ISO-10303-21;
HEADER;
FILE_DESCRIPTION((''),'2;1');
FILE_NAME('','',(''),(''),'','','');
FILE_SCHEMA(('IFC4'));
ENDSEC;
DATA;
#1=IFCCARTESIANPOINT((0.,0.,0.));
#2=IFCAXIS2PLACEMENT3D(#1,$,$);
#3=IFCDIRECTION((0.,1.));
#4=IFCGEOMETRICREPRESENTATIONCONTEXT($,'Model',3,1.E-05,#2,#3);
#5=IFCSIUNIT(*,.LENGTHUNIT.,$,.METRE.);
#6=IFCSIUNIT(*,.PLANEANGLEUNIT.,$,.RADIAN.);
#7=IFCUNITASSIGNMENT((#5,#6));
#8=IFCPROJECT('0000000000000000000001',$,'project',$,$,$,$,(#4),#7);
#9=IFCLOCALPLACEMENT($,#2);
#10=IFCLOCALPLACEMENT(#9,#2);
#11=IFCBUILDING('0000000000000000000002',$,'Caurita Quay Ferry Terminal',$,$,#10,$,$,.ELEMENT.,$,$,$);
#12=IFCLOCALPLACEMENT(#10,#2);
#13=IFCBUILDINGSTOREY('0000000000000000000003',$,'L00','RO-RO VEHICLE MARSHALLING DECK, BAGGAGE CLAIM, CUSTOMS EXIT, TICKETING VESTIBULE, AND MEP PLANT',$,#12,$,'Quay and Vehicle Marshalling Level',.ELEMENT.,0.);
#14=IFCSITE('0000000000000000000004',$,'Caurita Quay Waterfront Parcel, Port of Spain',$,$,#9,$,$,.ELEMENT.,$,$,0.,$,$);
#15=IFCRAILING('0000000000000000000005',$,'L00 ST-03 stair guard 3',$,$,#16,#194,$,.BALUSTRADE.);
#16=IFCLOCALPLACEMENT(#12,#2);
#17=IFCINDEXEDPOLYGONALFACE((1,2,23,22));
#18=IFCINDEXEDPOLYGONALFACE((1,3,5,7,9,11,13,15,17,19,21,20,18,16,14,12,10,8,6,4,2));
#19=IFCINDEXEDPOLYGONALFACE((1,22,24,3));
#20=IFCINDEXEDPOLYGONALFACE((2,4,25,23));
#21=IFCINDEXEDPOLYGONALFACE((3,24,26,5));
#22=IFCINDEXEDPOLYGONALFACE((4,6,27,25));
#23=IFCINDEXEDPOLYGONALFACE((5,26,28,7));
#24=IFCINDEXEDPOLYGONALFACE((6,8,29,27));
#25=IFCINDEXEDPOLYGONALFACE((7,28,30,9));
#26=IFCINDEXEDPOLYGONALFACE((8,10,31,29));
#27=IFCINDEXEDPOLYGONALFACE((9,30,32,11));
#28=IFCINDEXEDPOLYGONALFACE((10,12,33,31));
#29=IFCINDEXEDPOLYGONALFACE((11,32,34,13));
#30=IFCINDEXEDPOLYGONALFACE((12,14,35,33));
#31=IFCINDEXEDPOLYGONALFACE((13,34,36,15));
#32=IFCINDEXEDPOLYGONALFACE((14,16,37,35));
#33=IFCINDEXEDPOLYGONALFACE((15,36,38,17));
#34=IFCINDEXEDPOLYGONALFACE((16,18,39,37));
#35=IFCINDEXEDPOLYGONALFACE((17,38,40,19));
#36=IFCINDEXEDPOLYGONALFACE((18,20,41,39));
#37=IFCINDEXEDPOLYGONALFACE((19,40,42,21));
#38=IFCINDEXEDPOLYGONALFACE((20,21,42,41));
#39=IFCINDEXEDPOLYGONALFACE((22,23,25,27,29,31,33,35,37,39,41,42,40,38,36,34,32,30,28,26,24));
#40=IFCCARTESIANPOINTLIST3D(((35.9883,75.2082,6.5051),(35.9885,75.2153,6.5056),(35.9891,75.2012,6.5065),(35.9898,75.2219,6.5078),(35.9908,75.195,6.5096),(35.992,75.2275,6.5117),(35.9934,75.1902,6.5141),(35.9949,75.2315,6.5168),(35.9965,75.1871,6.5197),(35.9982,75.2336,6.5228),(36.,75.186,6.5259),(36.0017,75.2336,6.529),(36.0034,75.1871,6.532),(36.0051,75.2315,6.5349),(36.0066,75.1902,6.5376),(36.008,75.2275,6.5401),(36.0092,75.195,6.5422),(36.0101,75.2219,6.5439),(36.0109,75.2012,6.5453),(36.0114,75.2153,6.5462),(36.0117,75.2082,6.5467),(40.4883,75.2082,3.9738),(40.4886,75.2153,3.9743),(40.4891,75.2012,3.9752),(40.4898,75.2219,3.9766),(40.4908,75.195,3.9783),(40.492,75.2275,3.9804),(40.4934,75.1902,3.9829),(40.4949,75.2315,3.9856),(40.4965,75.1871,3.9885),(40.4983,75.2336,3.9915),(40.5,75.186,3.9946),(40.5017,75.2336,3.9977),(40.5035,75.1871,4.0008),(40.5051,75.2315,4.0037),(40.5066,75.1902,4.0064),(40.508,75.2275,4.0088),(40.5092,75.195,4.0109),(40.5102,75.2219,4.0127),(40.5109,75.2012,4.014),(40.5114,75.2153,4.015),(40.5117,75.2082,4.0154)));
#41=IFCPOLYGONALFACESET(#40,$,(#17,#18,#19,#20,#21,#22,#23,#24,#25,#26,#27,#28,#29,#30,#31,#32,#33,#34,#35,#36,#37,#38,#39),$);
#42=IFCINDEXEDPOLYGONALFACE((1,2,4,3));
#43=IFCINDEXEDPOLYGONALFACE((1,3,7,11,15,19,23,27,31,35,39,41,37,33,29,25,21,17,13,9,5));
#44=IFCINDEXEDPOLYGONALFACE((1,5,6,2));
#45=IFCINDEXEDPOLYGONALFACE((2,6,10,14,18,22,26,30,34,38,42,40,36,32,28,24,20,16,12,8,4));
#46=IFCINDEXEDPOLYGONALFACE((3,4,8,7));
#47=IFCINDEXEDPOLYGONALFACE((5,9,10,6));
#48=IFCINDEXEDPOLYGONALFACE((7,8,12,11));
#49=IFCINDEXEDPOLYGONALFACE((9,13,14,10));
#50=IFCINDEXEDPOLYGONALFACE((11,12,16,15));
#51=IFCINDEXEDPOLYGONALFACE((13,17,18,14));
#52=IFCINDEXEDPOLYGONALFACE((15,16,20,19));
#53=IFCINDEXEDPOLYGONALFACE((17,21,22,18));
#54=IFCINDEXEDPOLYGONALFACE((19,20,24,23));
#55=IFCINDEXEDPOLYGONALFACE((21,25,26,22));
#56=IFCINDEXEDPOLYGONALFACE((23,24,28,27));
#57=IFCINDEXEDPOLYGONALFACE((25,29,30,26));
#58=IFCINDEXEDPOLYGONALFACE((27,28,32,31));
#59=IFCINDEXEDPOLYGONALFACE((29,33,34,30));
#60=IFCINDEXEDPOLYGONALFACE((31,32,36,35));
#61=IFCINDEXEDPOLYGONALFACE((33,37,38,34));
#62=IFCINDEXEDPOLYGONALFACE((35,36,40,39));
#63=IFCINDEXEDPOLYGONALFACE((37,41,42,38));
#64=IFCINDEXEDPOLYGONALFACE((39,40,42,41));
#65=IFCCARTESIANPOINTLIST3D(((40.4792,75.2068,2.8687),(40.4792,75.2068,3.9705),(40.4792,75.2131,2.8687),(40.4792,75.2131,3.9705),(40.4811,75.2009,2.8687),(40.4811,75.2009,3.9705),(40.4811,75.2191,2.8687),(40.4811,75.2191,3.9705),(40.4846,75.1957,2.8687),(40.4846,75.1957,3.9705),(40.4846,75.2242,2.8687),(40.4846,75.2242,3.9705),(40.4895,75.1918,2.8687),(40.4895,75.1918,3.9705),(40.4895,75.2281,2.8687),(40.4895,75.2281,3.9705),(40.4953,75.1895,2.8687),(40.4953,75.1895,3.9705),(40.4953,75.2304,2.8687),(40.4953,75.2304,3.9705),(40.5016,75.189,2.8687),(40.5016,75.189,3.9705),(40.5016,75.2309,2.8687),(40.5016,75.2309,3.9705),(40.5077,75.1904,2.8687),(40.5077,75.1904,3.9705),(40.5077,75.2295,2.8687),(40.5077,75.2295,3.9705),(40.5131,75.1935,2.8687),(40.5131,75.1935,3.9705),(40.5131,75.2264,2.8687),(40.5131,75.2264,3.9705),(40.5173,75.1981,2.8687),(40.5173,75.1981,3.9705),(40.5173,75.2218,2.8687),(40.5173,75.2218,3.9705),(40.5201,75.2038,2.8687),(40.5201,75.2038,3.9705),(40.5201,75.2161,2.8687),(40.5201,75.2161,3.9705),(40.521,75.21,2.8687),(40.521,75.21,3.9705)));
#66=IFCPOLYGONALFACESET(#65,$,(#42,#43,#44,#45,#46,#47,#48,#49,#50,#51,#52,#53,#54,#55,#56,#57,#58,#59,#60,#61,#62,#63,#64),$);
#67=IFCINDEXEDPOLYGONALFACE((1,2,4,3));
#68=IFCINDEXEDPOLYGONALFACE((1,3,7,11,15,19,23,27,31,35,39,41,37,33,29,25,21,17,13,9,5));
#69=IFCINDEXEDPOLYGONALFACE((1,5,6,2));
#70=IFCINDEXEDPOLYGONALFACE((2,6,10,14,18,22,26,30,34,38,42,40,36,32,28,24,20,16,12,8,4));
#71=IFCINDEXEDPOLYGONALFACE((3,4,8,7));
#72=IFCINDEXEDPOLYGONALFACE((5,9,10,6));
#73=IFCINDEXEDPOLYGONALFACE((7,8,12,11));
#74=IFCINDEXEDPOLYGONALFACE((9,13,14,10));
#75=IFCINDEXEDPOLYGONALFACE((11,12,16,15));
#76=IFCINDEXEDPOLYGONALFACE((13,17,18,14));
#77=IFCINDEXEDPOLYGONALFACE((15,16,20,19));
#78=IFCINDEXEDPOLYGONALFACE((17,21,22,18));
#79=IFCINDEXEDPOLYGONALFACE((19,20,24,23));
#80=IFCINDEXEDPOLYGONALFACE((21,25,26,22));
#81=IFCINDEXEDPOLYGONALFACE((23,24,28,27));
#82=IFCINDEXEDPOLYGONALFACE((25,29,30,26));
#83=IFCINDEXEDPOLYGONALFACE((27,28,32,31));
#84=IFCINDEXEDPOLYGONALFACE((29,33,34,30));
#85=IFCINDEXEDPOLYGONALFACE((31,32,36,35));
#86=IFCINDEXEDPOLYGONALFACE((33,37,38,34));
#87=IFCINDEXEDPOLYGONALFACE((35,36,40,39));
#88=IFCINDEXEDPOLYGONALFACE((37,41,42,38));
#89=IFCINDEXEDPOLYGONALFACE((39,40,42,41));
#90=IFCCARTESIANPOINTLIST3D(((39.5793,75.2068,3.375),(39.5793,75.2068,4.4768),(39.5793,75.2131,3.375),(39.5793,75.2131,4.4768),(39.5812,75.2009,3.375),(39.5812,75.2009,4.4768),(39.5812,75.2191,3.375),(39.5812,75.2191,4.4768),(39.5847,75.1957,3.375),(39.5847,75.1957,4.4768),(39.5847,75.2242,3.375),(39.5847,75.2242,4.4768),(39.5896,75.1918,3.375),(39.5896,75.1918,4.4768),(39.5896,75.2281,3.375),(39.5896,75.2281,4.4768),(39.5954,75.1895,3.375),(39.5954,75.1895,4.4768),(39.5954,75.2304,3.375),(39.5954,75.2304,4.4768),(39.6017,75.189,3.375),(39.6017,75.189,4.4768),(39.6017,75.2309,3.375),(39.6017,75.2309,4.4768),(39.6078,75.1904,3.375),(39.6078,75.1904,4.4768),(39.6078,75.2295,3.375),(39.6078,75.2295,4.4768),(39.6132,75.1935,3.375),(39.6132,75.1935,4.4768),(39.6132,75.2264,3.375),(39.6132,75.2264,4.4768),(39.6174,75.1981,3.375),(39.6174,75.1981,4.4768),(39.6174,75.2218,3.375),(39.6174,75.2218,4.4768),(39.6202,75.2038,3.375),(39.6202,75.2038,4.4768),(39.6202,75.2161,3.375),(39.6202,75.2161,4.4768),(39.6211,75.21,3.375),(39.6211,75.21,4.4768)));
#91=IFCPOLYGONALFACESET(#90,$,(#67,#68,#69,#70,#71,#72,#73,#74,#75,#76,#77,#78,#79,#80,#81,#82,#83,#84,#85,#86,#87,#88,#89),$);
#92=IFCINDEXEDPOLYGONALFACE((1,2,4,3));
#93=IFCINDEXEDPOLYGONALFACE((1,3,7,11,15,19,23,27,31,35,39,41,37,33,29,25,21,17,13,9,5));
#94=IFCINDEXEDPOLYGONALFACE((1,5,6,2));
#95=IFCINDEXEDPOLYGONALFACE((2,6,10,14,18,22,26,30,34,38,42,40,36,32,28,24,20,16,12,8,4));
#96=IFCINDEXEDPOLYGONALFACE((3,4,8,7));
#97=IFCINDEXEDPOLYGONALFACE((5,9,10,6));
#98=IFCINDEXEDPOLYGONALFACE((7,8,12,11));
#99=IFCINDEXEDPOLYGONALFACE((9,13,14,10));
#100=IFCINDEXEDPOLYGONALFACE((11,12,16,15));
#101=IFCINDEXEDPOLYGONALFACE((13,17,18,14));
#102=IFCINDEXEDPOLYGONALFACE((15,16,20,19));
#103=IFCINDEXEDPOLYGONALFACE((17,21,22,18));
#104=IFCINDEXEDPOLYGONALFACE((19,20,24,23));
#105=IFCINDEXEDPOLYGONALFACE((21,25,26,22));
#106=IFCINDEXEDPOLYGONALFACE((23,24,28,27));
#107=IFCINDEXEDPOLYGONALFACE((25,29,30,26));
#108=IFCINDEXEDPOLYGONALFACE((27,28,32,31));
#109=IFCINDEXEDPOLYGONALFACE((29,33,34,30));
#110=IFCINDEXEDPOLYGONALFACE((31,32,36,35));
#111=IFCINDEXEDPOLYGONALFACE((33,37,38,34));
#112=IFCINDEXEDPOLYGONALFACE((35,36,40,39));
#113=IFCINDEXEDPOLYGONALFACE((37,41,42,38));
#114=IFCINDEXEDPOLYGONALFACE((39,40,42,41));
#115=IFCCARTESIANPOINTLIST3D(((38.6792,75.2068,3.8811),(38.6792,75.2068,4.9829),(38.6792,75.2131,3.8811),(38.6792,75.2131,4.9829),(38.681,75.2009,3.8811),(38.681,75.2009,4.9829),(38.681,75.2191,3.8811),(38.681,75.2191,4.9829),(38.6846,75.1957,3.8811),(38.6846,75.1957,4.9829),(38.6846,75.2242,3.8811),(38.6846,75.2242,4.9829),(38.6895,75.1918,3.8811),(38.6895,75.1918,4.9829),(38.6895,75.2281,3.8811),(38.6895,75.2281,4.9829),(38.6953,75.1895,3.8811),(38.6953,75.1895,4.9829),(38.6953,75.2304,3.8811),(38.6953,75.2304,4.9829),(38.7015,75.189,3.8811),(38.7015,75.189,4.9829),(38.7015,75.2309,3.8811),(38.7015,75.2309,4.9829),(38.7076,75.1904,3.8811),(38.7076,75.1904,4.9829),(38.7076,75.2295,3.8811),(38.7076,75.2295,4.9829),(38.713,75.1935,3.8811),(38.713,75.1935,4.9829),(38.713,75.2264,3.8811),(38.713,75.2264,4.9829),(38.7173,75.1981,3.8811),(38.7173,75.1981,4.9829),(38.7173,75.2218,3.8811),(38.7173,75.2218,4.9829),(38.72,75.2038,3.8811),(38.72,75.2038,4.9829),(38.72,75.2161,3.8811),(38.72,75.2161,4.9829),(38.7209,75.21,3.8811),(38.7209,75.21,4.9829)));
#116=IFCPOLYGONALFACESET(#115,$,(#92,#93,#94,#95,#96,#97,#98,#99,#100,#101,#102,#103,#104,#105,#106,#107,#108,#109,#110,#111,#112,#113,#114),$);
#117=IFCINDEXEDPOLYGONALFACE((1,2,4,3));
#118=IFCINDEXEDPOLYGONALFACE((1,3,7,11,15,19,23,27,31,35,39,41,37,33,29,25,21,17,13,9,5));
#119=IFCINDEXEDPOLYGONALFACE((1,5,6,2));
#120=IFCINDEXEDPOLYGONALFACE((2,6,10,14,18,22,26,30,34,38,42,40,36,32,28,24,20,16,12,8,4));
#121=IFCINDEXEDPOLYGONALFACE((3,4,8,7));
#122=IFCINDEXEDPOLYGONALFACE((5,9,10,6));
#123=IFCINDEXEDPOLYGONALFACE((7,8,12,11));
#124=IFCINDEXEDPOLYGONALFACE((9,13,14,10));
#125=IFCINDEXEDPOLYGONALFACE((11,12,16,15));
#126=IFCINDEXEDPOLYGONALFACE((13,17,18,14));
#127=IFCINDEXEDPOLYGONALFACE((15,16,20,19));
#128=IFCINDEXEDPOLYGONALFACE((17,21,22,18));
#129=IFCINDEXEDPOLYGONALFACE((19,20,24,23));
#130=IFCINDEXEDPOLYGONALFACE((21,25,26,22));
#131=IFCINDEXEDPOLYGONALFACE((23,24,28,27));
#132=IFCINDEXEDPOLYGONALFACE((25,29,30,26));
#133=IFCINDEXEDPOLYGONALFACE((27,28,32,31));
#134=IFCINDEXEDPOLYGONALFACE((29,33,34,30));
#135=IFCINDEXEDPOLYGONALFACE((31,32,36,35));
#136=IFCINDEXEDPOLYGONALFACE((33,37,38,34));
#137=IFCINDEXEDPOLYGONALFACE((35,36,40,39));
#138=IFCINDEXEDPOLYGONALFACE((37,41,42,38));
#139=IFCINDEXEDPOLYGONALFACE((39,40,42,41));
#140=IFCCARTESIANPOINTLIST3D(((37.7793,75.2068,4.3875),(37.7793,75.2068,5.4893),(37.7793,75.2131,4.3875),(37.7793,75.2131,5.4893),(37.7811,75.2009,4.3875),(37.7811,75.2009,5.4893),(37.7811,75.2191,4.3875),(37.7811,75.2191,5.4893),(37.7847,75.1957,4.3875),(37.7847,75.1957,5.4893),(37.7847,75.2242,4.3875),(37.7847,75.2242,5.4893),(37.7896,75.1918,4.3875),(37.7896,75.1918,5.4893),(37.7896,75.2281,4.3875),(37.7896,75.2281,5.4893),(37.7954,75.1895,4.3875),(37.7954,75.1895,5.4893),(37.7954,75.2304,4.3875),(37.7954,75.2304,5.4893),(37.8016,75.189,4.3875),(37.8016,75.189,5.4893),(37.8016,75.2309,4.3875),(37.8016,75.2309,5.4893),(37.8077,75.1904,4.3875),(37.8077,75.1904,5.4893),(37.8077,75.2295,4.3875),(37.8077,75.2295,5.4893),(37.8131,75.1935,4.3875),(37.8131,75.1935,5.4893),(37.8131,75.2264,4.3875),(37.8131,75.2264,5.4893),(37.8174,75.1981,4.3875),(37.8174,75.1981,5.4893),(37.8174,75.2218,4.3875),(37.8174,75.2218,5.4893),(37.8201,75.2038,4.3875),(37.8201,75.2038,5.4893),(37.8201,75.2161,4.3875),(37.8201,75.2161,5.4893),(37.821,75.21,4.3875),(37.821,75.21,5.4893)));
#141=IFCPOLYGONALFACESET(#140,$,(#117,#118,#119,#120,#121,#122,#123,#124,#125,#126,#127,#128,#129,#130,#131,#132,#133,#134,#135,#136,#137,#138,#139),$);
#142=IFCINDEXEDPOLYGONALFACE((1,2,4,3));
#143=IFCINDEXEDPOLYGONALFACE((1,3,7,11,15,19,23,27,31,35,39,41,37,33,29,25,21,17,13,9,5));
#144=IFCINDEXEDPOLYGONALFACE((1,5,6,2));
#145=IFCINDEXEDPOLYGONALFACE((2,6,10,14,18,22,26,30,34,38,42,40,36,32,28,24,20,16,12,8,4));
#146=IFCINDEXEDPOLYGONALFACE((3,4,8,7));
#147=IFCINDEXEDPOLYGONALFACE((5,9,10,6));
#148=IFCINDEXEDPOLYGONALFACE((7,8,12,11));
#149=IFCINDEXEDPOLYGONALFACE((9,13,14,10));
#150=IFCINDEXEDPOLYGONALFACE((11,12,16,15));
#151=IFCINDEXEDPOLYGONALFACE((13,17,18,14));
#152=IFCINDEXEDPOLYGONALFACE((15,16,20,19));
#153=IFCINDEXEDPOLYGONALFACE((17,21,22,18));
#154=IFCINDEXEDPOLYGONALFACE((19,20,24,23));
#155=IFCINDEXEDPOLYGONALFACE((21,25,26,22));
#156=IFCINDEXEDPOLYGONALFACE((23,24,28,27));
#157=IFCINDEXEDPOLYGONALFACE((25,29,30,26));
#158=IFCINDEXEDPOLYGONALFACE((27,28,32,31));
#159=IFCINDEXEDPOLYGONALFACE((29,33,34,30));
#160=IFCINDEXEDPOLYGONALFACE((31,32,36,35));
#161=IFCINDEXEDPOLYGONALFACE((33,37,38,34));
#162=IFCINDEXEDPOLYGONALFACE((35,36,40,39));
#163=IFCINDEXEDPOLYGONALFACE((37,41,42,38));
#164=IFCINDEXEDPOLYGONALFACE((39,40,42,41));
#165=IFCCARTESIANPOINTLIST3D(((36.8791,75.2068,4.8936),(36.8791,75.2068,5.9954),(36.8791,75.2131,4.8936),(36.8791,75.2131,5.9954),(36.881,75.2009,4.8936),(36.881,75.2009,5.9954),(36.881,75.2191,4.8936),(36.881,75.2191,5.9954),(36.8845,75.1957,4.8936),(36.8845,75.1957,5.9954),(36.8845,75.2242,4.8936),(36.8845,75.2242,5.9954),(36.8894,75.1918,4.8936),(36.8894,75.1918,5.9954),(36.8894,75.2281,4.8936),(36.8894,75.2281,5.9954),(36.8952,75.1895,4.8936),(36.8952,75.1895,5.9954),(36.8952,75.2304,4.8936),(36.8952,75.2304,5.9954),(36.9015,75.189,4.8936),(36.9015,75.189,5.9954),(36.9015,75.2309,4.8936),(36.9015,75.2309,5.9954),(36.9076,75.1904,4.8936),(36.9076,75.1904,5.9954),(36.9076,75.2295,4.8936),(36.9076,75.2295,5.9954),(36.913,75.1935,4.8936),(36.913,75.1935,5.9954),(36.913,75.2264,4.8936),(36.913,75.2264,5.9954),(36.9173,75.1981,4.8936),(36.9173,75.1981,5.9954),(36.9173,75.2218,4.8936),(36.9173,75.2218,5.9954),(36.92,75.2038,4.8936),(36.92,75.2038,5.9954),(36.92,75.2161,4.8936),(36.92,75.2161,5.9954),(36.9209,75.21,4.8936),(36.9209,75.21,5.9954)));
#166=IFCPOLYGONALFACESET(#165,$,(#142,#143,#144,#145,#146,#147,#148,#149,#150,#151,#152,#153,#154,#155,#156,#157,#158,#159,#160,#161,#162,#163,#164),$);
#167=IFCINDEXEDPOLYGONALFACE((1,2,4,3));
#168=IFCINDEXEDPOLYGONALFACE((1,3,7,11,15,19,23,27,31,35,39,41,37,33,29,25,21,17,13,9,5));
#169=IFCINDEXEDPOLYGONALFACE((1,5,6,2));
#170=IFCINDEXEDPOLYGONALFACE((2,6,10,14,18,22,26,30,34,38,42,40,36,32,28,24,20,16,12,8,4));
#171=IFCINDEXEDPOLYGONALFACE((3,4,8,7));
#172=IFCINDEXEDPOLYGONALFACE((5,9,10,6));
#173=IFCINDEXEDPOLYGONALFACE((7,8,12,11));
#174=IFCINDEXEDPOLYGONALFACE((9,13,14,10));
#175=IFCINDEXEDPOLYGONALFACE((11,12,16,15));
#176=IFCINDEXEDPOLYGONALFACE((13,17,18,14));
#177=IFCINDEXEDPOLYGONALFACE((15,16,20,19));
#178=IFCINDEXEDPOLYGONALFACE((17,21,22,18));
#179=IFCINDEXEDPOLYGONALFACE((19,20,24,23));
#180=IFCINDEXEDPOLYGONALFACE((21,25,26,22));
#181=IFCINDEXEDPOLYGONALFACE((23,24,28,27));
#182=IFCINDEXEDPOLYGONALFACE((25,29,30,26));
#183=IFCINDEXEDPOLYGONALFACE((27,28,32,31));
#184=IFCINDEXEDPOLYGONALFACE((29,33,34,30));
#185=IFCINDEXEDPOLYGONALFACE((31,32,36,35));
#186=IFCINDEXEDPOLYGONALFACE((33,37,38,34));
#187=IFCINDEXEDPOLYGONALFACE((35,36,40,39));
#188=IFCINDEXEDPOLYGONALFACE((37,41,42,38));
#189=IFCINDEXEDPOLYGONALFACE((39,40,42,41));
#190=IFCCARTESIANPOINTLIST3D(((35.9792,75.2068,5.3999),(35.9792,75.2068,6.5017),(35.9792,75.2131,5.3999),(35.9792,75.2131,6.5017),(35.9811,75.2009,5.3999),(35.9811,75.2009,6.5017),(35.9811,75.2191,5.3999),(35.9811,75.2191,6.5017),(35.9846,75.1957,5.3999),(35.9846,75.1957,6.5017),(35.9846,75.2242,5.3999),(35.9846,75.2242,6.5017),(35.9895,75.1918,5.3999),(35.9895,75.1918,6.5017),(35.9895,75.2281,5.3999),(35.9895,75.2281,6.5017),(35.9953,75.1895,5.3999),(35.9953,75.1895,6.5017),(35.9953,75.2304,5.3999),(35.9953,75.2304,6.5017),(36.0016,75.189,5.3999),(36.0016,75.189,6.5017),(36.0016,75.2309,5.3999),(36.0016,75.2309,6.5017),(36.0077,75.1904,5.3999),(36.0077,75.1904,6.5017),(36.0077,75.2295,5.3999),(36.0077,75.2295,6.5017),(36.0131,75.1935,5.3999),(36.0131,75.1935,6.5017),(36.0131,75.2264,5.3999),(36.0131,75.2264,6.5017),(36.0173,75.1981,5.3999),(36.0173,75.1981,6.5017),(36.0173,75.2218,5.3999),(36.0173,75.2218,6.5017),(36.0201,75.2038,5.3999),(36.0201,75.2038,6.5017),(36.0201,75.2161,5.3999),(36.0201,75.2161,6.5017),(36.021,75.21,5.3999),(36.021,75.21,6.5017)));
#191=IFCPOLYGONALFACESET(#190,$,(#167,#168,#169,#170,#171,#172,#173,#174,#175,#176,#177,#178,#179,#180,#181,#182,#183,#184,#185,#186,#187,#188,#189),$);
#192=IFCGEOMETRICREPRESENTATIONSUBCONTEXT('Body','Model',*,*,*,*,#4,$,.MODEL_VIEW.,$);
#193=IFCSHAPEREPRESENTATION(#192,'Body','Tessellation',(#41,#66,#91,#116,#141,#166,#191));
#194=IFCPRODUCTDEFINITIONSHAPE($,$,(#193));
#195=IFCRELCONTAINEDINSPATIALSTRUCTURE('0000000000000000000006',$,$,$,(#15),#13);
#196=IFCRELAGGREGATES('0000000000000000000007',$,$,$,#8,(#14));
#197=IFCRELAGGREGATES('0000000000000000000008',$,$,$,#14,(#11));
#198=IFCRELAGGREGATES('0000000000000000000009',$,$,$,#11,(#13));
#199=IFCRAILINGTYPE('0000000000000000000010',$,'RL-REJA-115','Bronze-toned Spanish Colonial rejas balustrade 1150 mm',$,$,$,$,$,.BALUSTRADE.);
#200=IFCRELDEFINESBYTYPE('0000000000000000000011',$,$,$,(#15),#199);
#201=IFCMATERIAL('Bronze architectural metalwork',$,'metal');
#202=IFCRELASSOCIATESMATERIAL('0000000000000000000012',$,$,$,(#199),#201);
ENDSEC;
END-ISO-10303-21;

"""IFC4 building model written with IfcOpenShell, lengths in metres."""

from ifc_helpers import new_model, si_unit, direction, frame, origin, origin_2d, place, context, subcontext, project, spatial, circle, extrude, material, type_object, element, save


model = new_model("IFC4")

# Units and contexts
model_context = context("Model", 3, precision=1e-05, world=origin(), true_north=direction((0.0, 1.0)))
body_context = subcontext(model_context, "Body", "Model", "MODEL_VIEW")
ifc_project = project(units=[si_unit("LENGTHUNIT", "METRE"), si_unit("PLANEANGLEUNIT", "RADIAN")], contexts=[model_context])

# Site, building, storey
site_placement = place(None, origin())
site = spatial("IfcSite", under=ifc_project, at=site_placement, Name="Caurita Quay Waterfront Parcel, Port of Spain", CompositionType="ELEMENT", RefElevation=0.0)
building_placement = place(site_placement, origin())
building = spatial("IfcBuilding", under=site, at=building_placement, Name="Caurita Quay Ferry Terminal", CompositionType="ELEMENT")
storey_placement = place(building_placement, origin())
storey = spatial("IfcBuildingStorey", under=building, at=storey_placement, Name="L00", Description="RO-RO VEHICLE MARSHALLING DECK, BAGGAGE CLAIM, CUSTOMS EXIT, TICKETING VESTIBULE, AND MEP PLANT", LongName="Quay and Vehicle Marshalling Level", CompositionType="ELEMENT", Elevation=0.0)

# Railing
ifc_material_1 = material(Name="Bronze architectural metalwork", Category="metal")
railing_type_1 = type_object("IfcRailingType", Name="RL-REJA-115", Description="Bronze-toned Spanish Colonial rejas balustrade 1150 mm", PredefinedType="BALUSTRADE", material=ifc_material_1)
railing_1_placement = place(storey_placement, frame((40.5, 75.21, 2.8687)))
element("IfcRailing", 1, at=railing_1_placement, inside=storey, type_object=railing_type_1, Name="L00 ST-03 stair guard 3", PredefinedType="BALUSTRADE", context=body_context, shape_type="SweptSolid", body=[
    extrude(circle(Radius=0.0239, at=origin_2d()), frame((0.0, 0.0, 1.126), z_axis=(-0.871576, 0.0, 0.490261), x_axis=(0.0, -1.0, 0.0)), (0.0, 0.0, 1.0), 5.1631),
    extrude(circle(Radius=0.021, at=origin_2d()), origin(), (0.0, 0.0, 1.0), 1.1018),
    extrude(circle(Radius=0.021, at=origin_2d()), frame((-0.8999, 0.0, 0.5063)), (0.0, 0.0, 1.0), 1.1018),
    extrude(circle(Radius=0.021, at=origin_2d()), frame((-1.8, 0.0, 1.0125)), (0.0, 0.0, 1.0), 1.1018),
    extrude(circle(Radius=0.021, at=origin_2d()), frame((-2.7, 0.0, 1.5188)), (0.0, 0.0, 1.0), 1.1018),
    extrude(circle(Radius=0.021, at=origin_2d()), frame((-3.6001, 0.0, 2.0249)), (0.0, 0.0, 1.0), 1.1018),
    extrude(circle(Radius=0.021, at=origin_2d()), frame((-4.5, 0.0, 2.5312)), (0.0, 0.0, 1.0), 1.1018),
])

save(model, "model.ifc")
